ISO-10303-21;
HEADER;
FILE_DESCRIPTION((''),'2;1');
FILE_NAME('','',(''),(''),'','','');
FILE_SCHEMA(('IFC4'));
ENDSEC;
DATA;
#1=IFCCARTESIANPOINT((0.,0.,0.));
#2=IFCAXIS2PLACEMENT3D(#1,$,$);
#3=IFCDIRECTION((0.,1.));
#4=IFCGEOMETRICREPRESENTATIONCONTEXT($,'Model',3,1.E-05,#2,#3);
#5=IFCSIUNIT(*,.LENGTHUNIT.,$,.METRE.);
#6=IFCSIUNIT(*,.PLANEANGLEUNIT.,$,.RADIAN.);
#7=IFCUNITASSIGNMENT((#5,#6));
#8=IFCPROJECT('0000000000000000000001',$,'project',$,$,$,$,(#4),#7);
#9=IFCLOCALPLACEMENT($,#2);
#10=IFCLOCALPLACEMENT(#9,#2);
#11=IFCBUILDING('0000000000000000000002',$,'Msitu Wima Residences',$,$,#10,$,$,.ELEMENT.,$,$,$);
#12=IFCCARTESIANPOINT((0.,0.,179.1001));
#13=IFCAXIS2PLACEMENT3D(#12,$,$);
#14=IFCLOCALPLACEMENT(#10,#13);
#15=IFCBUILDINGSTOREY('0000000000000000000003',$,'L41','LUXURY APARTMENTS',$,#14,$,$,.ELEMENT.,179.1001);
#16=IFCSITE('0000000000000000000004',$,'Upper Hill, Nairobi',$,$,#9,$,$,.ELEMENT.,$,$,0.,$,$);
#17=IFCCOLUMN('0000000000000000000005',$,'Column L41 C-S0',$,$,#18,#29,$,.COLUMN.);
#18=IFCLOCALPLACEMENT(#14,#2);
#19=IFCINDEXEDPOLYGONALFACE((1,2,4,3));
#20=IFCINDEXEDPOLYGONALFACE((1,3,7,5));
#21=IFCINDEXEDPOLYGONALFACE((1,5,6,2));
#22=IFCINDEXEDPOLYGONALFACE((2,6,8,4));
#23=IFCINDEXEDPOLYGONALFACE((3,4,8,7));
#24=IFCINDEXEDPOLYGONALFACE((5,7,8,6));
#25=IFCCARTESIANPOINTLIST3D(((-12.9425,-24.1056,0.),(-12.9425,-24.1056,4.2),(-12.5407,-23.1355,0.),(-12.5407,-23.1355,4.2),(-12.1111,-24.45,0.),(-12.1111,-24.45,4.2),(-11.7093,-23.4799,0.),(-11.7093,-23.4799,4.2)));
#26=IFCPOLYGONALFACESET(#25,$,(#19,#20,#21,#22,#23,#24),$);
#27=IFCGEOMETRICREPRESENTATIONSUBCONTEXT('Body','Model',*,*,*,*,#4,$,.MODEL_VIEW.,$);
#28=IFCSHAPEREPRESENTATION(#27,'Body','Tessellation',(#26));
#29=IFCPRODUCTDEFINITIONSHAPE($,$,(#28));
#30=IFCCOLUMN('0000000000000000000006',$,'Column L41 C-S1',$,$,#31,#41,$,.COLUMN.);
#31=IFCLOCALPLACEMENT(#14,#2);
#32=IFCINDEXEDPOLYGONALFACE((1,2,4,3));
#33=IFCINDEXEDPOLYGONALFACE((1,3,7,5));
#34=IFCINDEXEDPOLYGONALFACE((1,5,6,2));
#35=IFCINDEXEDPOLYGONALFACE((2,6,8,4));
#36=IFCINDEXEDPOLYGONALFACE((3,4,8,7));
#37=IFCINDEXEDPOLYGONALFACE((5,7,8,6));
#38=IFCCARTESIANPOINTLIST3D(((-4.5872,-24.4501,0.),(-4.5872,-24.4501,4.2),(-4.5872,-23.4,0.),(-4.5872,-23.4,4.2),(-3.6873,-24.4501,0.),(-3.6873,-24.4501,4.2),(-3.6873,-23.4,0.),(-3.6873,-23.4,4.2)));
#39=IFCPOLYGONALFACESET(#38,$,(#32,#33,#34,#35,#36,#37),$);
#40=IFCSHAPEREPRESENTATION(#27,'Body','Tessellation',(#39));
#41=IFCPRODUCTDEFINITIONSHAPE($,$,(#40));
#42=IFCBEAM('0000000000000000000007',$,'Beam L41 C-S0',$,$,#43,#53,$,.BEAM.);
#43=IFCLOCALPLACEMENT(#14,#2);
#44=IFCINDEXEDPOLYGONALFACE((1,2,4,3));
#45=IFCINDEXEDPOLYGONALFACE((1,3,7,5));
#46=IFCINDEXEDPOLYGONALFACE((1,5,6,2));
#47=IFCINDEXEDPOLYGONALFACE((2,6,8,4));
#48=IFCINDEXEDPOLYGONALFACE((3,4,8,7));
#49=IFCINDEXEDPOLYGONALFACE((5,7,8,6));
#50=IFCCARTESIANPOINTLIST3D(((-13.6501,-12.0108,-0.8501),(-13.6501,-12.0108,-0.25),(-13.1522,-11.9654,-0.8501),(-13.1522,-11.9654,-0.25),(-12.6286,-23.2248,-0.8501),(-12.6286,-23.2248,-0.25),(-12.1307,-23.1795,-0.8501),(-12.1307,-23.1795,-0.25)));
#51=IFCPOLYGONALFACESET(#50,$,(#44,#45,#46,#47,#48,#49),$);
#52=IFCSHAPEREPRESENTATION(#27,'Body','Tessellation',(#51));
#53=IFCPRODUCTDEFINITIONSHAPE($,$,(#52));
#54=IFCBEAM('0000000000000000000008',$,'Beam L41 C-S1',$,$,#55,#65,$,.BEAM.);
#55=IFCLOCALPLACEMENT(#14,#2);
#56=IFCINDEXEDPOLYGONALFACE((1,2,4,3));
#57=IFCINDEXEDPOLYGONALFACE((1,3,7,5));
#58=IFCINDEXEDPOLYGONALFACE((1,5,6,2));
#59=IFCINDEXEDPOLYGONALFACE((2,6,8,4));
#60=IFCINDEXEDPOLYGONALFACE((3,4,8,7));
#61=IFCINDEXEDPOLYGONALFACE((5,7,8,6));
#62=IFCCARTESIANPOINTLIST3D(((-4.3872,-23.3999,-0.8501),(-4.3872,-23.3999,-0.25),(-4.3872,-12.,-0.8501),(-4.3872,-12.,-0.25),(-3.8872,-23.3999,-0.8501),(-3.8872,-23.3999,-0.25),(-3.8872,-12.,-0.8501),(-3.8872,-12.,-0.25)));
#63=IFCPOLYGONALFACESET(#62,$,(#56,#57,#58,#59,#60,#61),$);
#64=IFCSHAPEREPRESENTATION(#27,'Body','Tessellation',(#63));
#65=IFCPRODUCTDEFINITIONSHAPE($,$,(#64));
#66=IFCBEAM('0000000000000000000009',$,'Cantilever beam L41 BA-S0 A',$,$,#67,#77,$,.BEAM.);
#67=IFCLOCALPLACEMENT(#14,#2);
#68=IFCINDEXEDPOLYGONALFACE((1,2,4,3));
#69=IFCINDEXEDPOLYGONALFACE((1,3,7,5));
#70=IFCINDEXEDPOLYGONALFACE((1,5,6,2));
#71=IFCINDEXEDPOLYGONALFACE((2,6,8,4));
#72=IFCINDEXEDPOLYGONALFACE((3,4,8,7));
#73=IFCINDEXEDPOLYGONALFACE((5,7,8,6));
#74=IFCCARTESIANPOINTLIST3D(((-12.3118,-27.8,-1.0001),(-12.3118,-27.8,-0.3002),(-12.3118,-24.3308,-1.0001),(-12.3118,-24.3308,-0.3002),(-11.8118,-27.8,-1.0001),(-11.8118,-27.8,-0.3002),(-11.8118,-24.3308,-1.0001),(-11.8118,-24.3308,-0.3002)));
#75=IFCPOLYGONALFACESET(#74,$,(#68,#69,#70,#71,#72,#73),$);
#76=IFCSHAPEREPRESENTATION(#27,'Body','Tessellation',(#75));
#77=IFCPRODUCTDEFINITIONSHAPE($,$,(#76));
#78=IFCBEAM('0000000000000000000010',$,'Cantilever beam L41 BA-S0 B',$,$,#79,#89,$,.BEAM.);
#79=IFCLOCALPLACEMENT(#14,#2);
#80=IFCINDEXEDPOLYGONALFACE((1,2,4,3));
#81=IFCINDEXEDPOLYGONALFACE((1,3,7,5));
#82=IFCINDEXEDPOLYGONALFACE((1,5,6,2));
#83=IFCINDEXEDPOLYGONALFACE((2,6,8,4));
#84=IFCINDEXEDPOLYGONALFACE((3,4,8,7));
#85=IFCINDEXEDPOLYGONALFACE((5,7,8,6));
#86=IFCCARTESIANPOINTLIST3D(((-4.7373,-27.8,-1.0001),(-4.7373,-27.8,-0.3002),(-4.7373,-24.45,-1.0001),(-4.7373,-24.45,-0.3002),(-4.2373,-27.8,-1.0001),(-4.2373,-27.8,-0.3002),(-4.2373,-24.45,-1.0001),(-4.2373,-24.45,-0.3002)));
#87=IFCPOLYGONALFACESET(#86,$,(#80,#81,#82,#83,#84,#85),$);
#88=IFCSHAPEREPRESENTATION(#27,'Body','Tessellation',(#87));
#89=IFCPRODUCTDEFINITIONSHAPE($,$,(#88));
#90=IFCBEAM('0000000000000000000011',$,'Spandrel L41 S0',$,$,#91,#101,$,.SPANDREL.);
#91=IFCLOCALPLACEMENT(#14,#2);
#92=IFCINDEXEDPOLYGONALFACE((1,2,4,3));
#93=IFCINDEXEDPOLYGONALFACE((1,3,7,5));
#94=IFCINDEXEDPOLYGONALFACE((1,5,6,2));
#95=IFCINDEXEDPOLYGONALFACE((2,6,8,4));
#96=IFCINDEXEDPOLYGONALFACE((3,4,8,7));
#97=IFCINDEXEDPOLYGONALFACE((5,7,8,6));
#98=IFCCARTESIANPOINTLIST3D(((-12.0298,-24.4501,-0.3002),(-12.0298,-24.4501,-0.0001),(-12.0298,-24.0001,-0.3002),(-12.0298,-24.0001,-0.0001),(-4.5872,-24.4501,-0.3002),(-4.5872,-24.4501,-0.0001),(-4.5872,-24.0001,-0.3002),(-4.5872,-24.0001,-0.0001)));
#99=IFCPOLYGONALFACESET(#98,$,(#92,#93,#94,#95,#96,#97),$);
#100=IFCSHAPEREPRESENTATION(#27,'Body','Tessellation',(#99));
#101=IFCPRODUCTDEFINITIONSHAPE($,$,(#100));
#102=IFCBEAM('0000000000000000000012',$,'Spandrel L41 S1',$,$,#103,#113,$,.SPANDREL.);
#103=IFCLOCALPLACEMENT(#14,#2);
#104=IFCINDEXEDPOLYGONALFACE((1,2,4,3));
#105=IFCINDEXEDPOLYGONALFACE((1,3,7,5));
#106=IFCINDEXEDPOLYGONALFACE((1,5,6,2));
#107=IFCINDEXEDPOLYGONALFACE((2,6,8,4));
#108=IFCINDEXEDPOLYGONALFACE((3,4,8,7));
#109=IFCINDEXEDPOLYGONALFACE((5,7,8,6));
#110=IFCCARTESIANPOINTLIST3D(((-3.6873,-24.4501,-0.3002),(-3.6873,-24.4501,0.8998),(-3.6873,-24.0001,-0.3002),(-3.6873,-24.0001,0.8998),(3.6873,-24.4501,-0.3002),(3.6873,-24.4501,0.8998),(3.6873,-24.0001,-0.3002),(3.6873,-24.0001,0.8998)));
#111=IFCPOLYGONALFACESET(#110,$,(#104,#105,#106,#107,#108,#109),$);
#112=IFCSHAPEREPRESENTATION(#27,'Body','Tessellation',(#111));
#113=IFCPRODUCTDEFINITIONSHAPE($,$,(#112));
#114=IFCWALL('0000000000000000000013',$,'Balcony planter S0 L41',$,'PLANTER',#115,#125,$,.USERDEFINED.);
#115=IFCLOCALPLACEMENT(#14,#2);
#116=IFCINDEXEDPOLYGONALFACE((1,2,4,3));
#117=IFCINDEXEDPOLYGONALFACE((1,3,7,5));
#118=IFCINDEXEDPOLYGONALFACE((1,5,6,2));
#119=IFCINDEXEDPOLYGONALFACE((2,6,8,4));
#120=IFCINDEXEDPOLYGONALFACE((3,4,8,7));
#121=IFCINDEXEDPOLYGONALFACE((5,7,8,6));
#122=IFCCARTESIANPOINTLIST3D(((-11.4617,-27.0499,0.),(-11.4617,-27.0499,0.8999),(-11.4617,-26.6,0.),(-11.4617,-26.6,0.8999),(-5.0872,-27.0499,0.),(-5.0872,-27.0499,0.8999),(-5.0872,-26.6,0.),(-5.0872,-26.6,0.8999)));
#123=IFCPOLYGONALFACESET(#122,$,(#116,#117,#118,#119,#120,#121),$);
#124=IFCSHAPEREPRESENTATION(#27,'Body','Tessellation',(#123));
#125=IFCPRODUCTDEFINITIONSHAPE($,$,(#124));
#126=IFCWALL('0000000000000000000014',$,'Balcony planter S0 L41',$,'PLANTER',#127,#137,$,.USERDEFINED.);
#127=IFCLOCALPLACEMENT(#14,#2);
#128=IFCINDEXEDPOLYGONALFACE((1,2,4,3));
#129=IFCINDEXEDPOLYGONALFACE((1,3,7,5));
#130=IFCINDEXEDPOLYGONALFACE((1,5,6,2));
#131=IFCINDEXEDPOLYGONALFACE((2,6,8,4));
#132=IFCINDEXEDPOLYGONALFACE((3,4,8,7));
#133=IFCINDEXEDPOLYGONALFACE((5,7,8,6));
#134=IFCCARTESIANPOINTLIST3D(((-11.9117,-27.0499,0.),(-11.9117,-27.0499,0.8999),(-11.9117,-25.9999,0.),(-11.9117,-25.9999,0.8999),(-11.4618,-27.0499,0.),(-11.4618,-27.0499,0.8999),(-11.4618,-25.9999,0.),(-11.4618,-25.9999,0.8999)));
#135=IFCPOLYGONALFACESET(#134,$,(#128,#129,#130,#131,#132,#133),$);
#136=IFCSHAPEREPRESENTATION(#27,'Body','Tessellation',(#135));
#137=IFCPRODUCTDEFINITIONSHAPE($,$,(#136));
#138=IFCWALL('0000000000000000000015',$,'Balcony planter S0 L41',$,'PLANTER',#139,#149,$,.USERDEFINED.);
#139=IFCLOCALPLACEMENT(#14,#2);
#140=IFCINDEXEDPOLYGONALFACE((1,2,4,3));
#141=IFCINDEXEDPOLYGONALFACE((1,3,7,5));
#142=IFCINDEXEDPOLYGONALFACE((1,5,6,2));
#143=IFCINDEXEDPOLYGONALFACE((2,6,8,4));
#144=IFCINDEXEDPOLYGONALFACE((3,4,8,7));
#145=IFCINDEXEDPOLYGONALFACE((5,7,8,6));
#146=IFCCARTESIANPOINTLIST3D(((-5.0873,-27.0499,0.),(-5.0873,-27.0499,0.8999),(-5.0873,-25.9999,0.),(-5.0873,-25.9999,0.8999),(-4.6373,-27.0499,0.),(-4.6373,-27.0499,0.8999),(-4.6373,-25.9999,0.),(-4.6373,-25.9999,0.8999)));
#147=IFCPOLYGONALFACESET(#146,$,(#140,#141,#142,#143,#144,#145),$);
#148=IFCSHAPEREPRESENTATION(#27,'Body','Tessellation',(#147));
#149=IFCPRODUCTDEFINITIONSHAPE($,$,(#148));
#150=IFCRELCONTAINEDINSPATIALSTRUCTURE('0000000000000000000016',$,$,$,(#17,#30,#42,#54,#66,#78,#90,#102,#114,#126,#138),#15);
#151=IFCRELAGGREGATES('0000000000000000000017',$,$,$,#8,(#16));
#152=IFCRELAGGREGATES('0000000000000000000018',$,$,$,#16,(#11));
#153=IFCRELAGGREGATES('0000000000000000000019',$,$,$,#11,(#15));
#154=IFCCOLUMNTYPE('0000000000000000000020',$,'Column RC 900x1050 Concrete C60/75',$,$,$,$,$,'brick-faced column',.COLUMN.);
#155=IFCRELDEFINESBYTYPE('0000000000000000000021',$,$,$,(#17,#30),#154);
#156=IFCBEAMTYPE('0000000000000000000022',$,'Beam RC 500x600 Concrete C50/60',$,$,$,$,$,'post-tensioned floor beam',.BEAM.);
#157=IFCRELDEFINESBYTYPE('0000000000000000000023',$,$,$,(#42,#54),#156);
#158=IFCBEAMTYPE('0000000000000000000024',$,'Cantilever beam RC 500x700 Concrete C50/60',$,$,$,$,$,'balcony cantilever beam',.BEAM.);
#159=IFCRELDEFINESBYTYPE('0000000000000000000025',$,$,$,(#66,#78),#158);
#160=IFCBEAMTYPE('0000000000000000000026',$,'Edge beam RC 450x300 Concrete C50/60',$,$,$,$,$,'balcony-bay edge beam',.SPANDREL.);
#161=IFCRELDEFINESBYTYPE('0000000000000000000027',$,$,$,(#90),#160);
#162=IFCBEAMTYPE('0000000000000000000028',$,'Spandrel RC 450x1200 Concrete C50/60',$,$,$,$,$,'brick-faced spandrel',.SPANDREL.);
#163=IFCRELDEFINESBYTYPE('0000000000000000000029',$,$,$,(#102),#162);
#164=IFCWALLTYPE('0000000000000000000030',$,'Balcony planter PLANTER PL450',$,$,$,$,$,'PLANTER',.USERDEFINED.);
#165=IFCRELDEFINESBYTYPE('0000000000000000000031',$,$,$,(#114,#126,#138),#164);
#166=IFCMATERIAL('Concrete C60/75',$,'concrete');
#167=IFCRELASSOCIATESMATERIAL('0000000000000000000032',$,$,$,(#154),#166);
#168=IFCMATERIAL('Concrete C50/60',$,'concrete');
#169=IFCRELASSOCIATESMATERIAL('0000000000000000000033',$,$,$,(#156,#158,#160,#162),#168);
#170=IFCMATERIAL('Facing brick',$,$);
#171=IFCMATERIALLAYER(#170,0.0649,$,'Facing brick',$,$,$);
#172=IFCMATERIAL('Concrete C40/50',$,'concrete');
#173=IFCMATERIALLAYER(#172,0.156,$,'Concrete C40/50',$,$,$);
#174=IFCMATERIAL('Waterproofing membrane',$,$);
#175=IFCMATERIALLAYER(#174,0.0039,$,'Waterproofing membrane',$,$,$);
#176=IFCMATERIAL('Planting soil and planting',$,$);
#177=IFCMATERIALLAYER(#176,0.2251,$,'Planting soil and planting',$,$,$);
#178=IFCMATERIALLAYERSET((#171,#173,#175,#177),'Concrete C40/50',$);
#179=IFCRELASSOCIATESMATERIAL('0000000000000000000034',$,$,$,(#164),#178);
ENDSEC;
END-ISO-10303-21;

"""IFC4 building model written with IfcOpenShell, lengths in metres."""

from ifc_helpers import new_model, si_unit, direction, frame, frame_2d, origin, origin_2d, place, context, subcontext, project, spatial, rectangle, extrude, material, layer, layer_set, material_profile, profile_set, type_object, element, save


model = new_model("IFC4")

# Units and contexts
model_context = context("Model", 3, precision=1e-05, world=origin(), true_north=direction((0.0, 1.0)))
body_context = subcontext(model_context, "Body", "Model", "MODEL_VIEW")
ifc_project = project(units=[si_unit("LENGTHUNIT", "METRE"), si_unit("PLANEANGLEUNIT", "RADIAN")], contexts=[model_context])

# Site, building, storey
site_placement = place(None, origin())
site = spatial("IfcSite", under=ifc_project, at=site_placement, Name="Upper Hill, Nairobi", CompositionType="ELEMENT", RefElevation=0.0)
building_placement = place(site_placement, origin())
building = spatial("IfcBuilding", under=site, at=building_placement, Name="Msitu Wima Residences", CompositionType="ELEMENT")
storey_placement = place(building_placement, frame((0.0, 0.0, 179.1001)))
storey = spatial("IfcBuildingStorey", under=building, at=storey_placement, Name="L41", Description="LUXURY APARTMENTS", CompositionType="ELEMENT", Elevation=179.1001)

# Columns
ifc_material_1 = material(Name="Concrete C60/75", Category="concrete")
ifc_material_profile_1 = material_profile(ifc_material_1, rectangle(XDim=0.8999, YDim=1.05, at=origin_2d()), Name="RC 900x1050")
ifc_profile_set_1 = profile_set([ifc_material_profile_1], Name="Concrete C60/75")
column_type = type_object("IfcColumnType", Name="Column RC 900x1050 Concrete C60/75", ElementType="brick-faced column", PredefinedType="COLUMN", material=ifc_profile_set_1)
for number, where, z_axis, x_axis, name in (
    (1, (-12.3259, -23.7927, 0.0), (0.0, 0.0, 1.0), (0.92388, -0.382683, 0.0), "Column L41 C-S0"),
    (2, (-4.1372, -23.925, 0.0), (0.0, 0.0, 1.0), (1.0, 0.0, 0.0), "Column L41 C-S1"),
):
    element("IfcColumn", number, at=place(storey_placement, frame(where, z_axis=z_axis, x_axis=x_axis)), inside=storey, type_object=column_type, Name=name, PredefinedType="COLUMN", context=body_context, shape_type="SweptSolid", body=[
        extrude(rectangle(XDim=0.8999, YDim=1.05, at=origin_2d()), origin(), (0.0, 0.0, 1.0), 4.2),
    ])

# Beams
ifc_material_2 = material(Name="Concrete C50/60", Category="concrete")
ifc_material_profile_2 = material_profile(ifc_material_2, rectangle(XDim=0.5, YDim=0.6001, at=origin_2d()), Name="RC 500x600")
ifc_profile_set_2 = profile_set([ifc_material_profile_2], Name="Concrete C50/60")
beam_type_1 = type_object("IfcBeamType", Name="Beam RC 500x600 Concrete C50/60", ElementType="post-tensioned floor beam", PredefinedType="BEAM", material=ifc_profile_set_2)
beam_1_placement = place(storey_placement, frame((-12.3796, -23.2021, -0.55), z_axis=(-0.090714, 0.995877, 0.0), x_axis=(-0.995877, -0.090714, 0.0)))
element("IfcBeam", 3, at=beam_1_placement, inside=storey, type_object=beam_type_1, Name="Beam L41 C-S0", PredefinedType="BEAM", context=body_context, shape_type="SweptSolid", body=[
    extrude(rectangle(XDim=0.5, YDim=0.6001, at=origin_2d()), origin(), (0.0, 0.0, 1.0), 11.2605),
])
beam_2_placement = place(storey_placement, frame((-4.1372, -23.3999, -0.55), z_axis=(0.0, 1.0, 0.0), x_axis=(-1.0, 0.0, 0.0)))
element("IfcBeam", 4, at=beam_2_placement, inside=storey, type_object=beam_type_1, Name="Beam L41 C-S1", PredefinedType="BEAM", context=body_context, shape_type="SweptSolid", body=[
    extrude(rectangle(XDim=0.5, YDim=0.6001, at=origin_2d()), origin(), (0.0, 0.0, 1.0), 11.3999),
])
ifc_material_profile_3 = material_profile(ifc_material_2, rectangle(XDim=0.5, YDim=0.7, at=origin_2d()), Name="RC 500x700")
ifc_profile_set_3 = profile_set([ifc_material_profile_3], Name="Concrete C50/60")
beam_type_2 = type_object("IfcBeamType", Name="Cantilever beam RC 500x700 Concrete C50/60", ElementType="balcony cantilever beam", PredefinedType="BEAM", material=ifc_profile_set_3)
beam_3_placement = place(storey_placement, frame((-12.0618, -24.3308, -0.6501), z_axis=(0.0, -1.0, 0.0), x_axis=(1.0, 0.0, 0.0)))
element("IfcBeam", 5, at=beam_3_placement, inside=storey, type_object=beam_type_2, Name="Cantilever beam L41 BA-S0 A", PredefinedType="BEAM", context=body_context, shape_type="SweptSolid", body=[
    extrude(rectangle(XDim=0.5, YDim=0.7, at=origin_2d()), origin(), (0.0, 0.0, 1.0), 3.4692),
])
beam_4_placement = place(storey_placement, frame((-4.4873, -24.45, -0.6501), z_axis=(0.0, -1.0, 0.0), x_axis=(1.0, 0.0, 0.0)))
element("IfcBeam", 6, at=beam_4_placement, inside=storey, type_object=beam_type_2, Name="Cantilever beam L41 BA-S0 B", PredefinedType="BEAM", context=body_context, shape_type="SweptSolid", body=[
    extrude(rectangle(XDim=0.5, YDim=0.7, at=origin_2d()), origin(), (0.0, 0.0, 1.0), 3.3501),
])
ifc_material_profile_4 = material_profile(ifc_material_2, rectangle(XDim=0.45, YDim=0.3, at=origin_2d()), Name="RC 450x300")
ifc_profile_set_4 = profile_set([ifc_material_profile_4], Name="Concrete C50/60")
beam_type_3 = type_object("IfcBeamType", Name="Edge beam RC 450x300 Concrete C50/60", ElementType="balcony-bay edge beam", PredefinedType="SPANDREL", material=ifc_profile_set_4)
beam_5_placement = place(storey_placement, frame((-12.0298, -24.2251, -0.1501), z_axis=(1.0, 0.0, 0.0), x_axis=(0.0, 1.0, 0.0)))
element("IfcBeam", 7, at=beam_5_placement, inside=storey, type_object=beam_type_3, Name="Spandrel L41 S0", PredefinedType="SPANDREL", context=body_context, shape_type="SweptSolid", body=[
    extrude(rectangle(XDim=0.45, YDim=0.3, at=origin_2d()), origin(), (0.0, 0.0, 1.0), 7.4426),
])
ifc_material_profile_5 = material_profile(ifc_material_2, rectangle(XDim=0.45, YDim=1.2, at=origin_2d()), Name="RC 450x1200")
ifc_profile_set_5 = profile_set([ifc_material_profile_5], Name="Concrete C50/60")
beam_type_4 = type_object("IfcBeamType", Name="Spandrel RC 450x1200 Concrete C50/60", ElementType="brick-faced spandrel", PredefinedType="SPANDREL", material=ifc_profile_set_5)
beam_6_placement = place(storey_placement, frame((-3.6873, -24.2251, 0.2998), z_axis=(1.0, 0.0, 0.0), x_axis=(0.0, 1.0, 0.0)))
element("IfcBeam", 8, at=beam_6_placement, inside=storey, type_object=beam_type_4, Name="Spandrel L41 S1", PredefinedType="SPANDREL", context=body_context, shape_type="SweptSolid", body=[
    extrude(rectangle(XDim=0.45, YDim=1.2, at=origin_2d()), origin(), (0.0, 0.0, 1.0), 7.3745),
])

# Walls
ifc_material_3 = material(Name="Facing brick")
ifc_layer_1 = layer(ifc_material_3, 0.0649, Name="Facing brick")
ifc_material_4 = material(Name="Concrete C40/50", Category="concrete")
ifc_layer_2 = layer(ifc_material_4, 0.156, Name="Concrete C40/50")
ifc_material_5 = material(Name="Waterproofing membrane")
ifc_layer_3 = layer(ifc_material_5, 0.0039, Name="Waterproofing membrane")
ifc_material_6 = material(Name="Planting soil and planting")
ifc_layer_4 = layer(ifc_material_6, 0.2251, Name="Planting soil and planting")
ifc_layer_set_1 = layer_set([ifc_layer_1, ifc_layer_2, ifc_layer_3, ifc_layer_4], Name="Concrete C40/50")
wall_type_1 = type_object("IfcWallType", Name="Balcony planter PLANTER PL450", ElementType="PLANTER", PredefinedType="USERDEFINED", material=ifc_layer_set_1)
wall_1_placement = place(storey_placement, frame((-11.4617, -26.825, 0.0), z_axis=(0.0, 0.0, 1.0), x_axis=(1.0, 0.0, 0.0)))
element("IfcWall", 9, at=wall_1_placement, inside=storey, type_object=wall_type_1, Name="Balcony planter S0 L41", ObjectType="PLANTER", PredefinedType="USERDEFINED", context=body_context, shape_type="SweptSolid", body=[
    extrude(rectangle(XDim=6.3745, YDim=0.45, at=frame_2d((3.1873, 0.0))), origin(), (0.0, 0.0, 1.0), 0.8999),
])
for number, where, z_axis, x_axis, name in (
    (10, (-11.6868, -26.0, 0.0), (0.0, 0.0, 1.0), (0.0, -1.0, 0.0), "Balcony planter S0 L41"),
    (11, (-4.8623, -26.0, 0.0), (0.0, 0.0, 1.0), (0.0, -1.0, 0.0), "Balcony planter S0 L41"),
):
    element("IfcWall", number, at=place(storey_placement, frame(where, z_axis=z_axis, x_axis=x_axis)), inside=storey, type_object=wall_type_1, Name=name, ObjectType="PLANTER", PredefinedType="USERDEFINED", context=body_context, shape_type="SweptSolid", body=[
        extrude(rectangle(XDim=1.05, YDim=0.45, at=frame_2d((0.5249, 0.0))), origin(), (0.0, 0.0, 1.0), 0.8999),
    ])

save(model, "model.ifc")
